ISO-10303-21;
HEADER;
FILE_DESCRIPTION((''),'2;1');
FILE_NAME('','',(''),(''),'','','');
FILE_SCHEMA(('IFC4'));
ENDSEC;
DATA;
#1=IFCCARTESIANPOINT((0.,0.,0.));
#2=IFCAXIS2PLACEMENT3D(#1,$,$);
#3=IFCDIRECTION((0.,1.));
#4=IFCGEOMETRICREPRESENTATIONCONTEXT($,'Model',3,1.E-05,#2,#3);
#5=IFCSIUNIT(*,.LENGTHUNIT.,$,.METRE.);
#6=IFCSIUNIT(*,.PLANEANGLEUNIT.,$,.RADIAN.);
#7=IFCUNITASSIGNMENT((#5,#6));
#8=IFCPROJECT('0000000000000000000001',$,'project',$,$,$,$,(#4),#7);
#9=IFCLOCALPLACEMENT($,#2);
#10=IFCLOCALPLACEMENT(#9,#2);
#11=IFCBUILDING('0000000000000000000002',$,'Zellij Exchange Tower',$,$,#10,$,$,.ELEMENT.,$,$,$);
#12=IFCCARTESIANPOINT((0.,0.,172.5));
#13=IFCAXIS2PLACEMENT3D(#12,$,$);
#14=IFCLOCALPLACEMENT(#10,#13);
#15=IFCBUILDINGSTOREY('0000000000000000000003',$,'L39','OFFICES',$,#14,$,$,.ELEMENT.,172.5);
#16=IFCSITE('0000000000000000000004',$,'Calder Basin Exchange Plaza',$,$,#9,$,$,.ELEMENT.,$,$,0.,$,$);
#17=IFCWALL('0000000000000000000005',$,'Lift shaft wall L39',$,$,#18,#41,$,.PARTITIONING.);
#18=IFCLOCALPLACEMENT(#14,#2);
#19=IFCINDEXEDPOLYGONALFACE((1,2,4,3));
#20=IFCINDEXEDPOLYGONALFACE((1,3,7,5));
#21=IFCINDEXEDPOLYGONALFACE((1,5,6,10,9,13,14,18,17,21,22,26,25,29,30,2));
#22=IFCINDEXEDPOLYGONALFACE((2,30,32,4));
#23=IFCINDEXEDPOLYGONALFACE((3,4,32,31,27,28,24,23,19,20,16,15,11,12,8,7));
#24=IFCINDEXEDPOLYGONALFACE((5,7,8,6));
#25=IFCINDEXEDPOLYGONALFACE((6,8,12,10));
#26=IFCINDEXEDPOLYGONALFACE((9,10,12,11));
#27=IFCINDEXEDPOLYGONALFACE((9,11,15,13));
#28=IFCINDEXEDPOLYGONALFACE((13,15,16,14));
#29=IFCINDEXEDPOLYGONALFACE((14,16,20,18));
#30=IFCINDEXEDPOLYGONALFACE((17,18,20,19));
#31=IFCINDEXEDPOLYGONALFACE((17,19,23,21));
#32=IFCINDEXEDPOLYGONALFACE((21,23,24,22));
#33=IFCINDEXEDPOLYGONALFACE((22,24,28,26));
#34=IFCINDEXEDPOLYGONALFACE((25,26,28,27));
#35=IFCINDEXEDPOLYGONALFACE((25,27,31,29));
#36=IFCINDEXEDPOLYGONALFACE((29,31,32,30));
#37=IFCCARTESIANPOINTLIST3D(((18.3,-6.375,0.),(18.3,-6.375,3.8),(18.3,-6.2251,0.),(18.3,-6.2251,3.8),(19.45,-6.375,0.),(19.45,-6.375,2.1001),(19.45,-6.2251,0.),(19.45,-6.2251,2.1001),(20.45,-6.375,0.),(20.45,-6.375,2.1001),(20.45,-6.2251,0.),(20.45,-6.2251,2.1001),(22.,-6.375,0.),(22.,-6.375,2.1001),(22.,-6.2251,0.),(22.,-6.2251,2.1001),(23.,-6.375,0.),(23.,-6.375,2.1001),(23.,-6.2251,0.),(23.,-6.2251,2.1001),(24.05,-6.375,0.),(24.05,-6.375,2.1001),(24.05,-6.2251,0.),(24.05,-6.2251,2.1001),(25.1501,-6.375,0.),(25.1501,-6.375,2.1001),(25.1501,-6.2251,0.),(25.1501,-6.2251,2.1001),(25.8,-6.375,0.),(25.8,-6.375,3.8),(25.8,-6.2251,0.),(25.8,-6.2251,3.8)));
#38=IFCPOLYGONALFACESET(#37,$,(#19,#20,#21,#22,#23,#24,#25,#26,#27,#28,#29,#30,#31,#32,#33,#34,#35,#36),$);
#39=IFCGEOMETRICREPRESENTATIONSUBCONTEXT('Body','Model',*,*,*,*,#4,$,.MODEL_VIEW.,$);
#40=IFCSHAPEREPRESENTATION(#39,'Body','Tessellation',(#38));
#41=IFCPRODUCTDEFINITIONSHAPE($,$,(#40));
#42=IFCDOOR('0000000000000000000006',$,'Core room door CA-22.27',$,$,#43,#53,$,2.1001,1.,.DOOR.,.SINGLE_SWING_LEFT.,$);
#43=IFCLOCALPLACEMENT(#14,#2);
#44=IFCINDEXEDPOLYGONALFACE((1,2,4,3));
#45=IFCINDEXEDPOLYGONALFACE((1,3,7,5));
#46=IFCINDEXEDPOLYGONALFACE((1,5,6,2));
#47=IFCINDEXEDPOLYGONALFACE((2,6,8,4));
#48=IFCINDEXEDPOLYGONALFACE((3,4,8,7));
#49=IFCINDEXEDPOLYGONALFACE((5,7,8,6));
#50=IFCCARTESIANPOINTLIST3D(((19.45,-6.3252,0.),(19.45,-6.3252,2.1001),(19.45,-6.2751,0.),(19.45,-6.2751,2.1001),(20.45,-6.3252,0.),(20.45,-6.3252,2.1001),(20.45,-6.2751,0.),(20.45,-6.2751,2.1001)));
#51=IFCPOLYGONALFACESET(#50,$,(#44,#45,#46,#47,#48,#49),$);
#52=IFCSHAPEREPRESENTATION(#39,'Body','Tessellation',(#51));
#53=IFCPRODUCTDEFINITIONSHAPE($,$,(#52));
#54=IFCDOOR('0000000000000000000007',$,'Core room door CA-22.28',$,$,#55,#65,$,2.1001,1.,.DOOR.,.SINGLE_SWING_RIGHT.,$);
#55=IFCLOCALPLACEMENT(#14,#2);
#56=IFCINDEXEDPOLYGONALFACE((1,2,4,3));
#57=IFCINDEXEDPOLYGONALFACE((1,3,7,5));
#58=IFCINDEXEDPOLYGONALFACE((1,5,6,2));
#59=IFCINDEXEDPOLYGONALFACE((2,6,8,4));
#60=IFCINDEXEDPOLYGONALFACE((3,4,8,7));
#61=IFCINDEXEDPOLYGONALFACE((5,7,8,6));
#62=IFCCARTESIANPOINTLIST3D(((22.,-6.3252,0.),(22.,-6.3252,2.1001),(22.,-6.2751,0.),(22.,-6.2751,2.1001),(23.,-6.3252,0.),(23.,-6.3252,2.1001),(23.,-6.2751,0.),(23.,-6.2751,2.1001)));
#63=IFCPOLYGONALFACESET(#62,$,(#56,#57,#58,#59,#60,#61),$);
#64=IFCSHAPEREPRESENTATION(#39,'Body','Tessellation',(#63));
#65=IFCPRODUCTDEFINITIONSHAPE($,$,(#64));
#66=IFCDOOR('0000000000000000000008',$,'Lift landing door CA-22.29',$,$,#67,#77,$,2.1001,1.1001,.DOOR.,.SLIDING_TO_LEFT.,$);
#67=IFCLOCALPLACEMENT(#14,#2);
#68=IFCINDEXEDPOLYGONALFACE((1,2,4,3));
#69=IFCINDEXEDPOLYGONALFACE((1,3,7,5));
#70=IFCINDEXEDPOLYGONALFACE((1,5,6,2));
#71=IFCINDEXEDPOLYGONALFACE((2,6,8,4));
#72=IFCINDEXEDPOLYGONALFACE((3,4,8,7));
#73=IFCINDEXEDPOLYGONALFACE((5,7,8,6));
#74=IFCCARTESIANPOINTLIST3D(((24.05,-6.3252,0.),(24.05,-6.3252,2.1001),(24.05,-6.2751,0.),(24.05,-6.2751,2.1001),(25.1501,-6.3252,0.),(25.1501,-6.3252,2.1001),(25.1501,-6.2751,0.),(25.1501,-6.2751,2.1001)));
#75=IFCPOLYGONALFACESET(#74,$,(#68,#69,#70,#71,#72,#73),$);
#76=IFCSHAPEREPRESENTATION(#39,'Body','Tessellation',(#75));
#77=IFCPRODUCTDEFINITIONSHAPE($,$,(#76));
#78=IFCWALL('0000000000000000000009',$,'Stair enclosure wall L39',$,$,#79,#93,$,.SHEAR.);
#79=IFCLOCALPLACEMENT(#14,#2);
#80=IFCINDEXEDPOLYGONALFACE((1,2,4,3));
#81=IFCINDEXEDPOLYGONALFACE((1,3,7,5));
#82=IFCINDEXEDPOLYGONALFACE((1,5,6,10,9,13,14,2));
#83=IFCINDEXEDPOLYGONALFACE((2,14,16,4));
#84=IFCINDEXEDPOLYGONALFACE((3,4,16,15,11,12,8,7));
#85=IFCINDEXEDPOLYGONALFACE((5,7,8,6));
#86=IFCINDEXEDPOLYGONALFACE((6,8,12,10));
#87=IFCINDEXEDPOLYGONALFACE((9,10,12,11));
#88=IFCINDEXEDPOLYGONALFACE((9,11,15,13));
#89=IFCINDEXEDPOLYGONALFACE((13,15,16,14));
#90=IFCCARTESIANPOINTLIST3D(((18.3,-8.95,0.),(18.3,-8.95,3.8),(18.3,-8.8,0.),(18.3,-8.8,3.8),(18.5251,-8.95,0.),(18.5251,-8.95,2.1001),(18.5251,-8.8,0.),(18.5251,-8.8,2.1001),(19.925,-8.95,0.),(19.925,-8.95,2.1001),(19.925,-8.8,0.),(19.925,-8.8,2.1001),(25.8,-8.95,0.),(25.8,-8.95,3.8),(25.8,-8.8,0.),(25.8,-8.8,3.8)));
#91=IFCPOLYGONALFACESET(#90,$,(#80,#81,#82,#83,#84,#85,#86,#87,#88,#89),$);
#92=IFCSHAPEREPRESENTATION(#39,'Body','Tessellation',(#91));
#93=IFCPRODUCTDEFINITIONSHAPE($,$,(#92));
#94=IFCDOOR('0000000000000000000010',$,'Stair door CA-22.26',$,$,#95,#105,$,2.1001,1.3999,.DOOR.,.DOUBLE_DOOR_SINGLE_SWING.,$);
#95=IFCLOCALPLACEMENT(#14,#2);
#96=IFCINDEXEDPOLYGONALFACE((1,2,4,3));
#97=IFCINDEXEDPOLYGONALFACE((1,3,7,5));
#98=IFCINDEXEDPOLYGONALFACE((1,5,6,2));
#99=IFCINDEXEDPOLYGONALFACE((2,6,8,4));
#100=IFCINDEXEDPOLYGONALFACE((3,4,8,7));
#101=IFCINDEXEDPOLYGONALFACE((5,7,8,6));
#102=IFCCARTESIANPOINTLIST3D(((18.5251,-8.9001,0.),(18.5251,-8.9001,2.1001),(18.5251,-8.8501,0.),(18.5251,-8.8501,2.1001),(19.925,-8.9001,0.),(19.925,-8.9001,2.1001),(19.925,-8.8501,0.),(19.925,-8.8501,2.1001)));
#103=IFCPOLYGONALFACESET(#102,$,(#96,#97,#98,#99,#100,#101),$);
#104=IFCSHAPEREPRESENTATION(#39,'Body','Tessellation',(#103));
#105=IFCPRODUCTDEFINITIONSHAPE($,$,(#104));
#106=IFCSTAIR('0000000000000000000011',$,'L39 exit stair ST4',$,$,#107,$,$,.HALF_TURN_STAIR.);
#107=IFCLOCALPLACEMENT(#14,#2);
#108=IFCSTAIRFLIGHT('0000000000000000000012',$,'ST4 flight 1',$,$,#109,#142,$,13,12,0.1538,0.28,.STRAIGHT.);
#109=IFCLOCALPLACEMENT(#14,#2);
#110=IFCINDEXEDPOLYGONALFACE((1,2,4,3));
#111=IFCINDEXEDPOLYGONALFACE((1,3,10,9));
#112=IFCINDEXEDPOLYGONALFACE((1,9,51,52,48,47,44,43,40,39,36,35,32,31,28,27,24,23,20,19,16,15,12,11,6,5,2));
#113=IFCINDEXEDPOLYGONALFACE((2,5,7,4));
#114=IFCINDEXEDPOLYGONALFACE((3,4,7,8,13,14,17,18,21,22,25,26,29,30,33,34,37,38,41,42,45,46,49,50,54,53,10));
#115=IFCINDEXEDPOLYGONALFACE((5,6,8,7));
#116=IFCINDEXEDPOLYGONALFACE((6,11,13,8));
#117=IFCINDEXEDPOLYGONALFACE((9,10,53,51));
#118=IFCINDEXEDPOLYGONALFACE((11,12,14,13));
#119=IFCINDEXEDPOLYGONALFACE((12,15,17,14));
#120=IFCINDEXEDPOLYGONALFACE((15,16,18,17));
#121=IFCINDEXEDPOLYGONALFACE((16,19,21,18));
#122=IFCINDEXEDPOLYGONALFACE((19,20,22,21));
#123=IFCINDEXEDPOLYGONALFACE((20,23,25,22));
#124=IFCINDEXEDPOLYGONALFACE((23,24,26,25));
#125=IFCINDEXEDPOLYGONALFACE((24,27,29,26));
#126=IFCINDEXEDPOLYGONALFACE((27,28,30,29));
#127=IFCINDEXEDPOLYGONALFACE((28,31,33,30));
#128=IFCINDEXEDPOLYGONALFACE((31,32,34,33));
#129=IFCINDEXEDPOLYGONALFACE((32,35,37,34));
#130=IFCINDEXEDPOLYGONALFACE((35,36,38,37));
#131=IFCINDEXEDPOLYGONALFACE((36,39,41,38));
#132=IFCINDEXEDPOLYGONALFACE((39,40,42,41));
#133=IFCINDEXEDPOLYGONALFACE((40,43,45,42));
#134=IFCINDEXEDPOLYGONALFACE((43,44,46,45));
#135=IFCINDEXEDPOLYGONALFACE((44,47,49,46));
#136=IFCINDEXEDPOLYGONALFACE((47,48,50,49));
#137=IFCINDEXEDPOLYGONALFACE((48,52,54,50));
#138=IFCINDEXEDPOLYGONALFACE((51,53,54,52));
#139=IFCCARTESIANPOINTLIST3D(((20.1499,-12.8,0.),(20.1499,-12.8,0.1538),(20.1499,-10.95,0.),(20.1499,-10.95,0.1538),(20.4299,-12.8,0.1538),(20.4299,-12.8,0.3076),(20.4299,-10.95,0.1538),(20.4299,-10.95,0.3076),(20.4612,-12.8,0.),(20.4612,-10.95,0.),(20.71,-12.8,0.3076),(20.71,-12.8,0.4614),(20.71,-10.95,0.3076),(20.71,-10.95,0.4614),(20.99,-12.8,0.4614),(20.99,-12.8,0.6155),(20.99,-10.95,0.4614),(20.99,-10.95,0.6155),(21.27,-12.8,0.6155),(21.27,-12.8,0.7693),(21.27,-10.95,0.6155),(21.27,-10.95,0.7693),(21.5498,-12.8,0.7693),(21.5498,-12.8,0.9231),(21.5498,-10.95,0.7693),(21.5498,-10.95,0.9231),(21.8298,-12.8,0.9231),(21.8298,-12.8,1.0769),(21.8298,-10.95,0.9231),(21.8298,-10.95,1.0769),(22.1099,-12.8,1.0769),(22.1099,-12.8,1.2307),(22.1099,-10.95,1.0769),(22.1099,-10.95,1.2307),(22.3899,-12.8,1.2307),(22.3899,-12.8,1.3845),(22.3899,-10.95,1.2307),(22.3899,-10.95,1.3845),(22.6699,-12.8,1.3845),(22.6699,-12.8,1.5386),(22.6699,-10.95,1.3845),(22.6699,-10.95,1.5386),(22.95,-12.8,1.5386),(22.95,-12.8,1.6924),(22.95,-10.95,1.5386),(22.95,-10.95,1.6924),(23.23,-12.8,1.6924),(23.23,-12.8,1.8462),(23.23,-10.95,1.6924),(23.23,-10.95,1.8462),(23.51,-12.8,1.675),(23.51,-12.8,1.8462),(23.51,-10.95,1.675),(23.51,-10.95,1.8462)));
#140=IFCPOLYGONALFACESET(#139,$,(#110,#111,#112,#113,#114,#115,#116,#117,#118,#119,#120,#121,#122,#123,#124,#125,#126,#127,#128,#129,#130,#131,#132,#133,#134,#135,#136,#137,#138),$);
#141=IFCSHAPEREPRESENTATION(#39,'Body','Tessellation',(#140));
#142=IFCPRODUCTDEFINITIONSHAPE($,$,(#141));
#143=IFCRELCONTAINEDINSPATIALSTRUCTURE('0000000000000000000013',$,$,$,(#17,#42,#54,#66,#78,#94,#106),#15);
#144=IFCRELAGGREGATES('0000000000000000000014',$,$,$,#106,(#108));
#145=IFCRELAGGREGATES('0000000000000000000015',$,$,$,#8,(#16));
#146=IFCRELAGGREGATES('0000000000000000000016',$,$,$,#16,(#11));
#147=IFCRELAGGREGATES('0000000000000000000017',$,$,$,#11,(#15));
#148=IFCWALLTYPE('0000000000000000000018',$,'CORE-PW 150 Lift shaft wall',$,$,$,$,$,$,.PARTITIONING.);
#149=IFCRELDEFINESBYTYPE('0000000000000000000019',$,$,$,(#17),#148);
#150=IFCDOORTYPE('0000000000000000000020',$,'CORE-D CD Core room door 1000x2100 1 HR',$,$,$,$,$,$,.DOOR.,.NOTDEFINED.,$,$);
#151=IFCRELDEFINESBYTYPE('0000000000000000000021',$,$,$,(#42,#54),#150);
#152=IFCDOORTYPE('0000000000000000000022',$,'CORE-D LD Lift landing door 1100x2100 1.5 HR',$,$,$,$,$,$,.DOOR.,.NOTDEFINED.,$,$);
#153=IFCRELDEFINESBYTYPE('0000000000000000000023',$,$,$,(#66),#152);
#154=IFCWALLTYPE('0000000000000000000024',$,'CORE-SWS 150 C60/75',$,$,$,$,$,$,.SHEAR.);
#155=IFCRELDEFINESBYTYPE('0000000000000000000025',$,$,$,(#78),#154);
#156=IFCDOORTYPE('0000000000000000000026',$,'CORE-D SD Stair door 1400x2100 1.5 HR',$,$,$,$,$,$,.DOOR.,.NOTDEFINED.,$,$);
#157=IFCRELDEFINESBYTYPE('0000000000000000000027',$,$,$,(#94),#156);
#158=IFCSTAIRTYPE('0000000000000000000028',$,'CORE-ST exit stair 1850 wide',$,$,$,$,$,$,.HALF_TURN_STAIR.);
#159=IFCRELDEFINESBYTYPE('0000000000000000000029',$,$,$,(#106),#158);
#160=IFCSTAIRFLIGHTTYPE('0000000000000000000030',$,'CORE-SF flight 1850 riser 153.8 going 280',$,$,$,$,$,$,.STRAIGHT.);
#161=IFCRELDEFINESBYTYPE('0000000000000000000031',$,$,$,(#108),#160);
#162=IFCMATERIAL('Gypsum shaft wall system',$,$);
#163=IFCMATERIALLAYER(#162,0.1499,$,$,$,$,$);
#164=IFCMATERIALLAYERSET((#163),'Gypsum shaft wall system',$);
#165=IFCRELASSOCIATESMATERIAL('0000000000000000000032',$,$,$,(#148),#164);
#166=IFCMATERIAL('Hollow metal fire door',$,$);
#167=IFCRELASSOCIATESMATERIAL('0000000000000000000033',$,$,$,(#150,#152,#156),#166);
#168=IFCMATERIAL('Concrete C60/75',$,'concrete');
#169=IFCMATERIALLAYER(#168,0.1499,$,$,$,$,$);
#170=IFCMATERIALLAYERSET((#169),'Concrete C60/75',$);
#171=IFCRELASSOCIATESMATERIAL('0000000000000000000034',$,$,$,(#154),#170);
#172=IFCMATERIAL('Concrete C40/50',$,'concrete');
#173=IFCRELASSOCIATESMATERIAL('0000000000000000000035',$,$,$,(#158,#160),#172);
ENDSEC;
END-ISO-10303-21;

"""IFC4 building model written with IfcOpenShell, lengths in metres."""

from ifc_helpers import new_model, si_unit, direction, frame, frame_2d, origin, place, context, subcontext, project, spatial, polyline, rectangle, outline, extrude, material, layer, layer_set, type_object, element, fill, aggregate, save


model = new_model("IFC4")

# Units and contexts
model_context = context("Model", 3, precision=1e-05, world=origin(), true_north=direction((0.0, 1.0)))
body_context = subcontext(model_context, "Body", "Model", "MODEL_VIEW")
ifc_project = project(units=[si_unit("LENGTHUNIT", "METRE"), si_unit("PLANEANGLEUNIT", "RADIAN")], contexts=[model_context])

# Site, building, storey
site_placement = place(None, origin())
site = spatial("IfcSite", under=ifc_project, at=site_placement, Name="Calder Basin Exchange Plaza", CompositionType="ELEMENT", RefElevation=0.0)
building_placement = place(site_placement, origin())
building = spatial("IfcBuilding", under=site, at=building_placement, Name="Zellij Exchange Tower", CompositionType="ELEMENT")
storey_placement = place(building_placement, frame((0.0, 0.0, 172.5)))
storey = spatial("IfcBuildingStorey", under=building, at=storey_placement, Name="L39", Description="OFFICES", CompositionType="ELEMENT", Elevation=172.5)

# Shared definitions
ifc_material_1 = material(Name="Concrete C60/75", Category="concrete")
ifc_material_2 = material(Name="Gypsum shaft wall system")
ifc_layer_1 = layer(ifc_material_2, 0.1499)
ifc_layer_set_1 = layer_set([ifc_layer_1], Name="Gypsum shaft wall system")
wall_type_1 = type_object("IfcWallType", Name="CORE-PW 150 Lift shaft wall", PredefinedType="PARTITIONING", material=ifc_layer_set_1)

# Wall, openings, doors
wall_1_placement = place(storey_placement, frame((18.3, -6.3, 0.0), z_axis=(0.0, 0.0, 1.0), x_axis=(1.0, 0.0, 0.0)))
wall_1 = element("IfcWall", 1, at=wall_1_placement, inside=storey, type_object=wall_type_1, Name="Lift shaft wall L39", PredefinedType="PARTITIONING", context=body_context, shape_type="SweptSolid", body=[
    extrude(rectangle(XDim=7.5, YDim=0.1499, at=frame_2d((3.75, 0.0))), origin(), (0.0, 0.0, 1.0), 3.8),
])
opening_1_placement = place(wall_1_placement, frame((1.1499, 0.0, 0.0)))
opening_1 = element("IfcOpeningElement", 2, at=opening_1_placement, cuts=wall_1, PredefinedType="OPENING", context=body_context, shape_type="SweptSolid", body=[
    extrude(rectangle(XDim=1.0, YDim=2.1001, at=frame_2d((0.5, 1.05))), frame((0.0, 0.0869, 0.0), z_axis=(0.0, -1.0, 0.0), x_axis=(1.0, 0.0, 0.0)), (0.0, 0.0, 1.0), 0.1738),
])
opening_2_placement = place(wall_1_placement, frame((3.7, 0.0, 0.0)))
opening_2 = element("IfcOpeningElement", 3, at=opening_2_placement, cuts=wall_1, PredefinedType="OPENING", context=body_context, shape_type="SweptSolid", body=[
    extrude(rectangle(XDim=1.0, YDim=2.1001, at=frame_2d((0.5, 1.05))), frame((0.0, 0.0869, 0.0), z_axis=(0.0, -1.0, 0.0), x_axis=(1.0, 0.0, 0.0)), (0.0, 0.0, 1.0), 0.1738),
])
opening_3_placement = place(wall_1_placement, frame((5.75, 0.0, 0.0)))
opening_3 = element("IfcOpeningElement", 4, at=opening_3_placement, cuts=wall_1, PredefinedType="OPENING", context=body_context, shape_type="SweptSolid", body=[
    extrude(rectangle(XDim=1.1001, YDim=2.1001, at=frame_2d((0.55, 1.05))), frame((0.0, 0.0869, 0.0), z_axis=(0.0, -1.0, 0.0), x_axis=(1.0, 0.0, 0.0)), (0.0, 0.0, 1.0), 0.1738),
])
ifc_material_3 = material(Name="Hollow metal fire door")
door_type_1 = type_object("IfcDoorType", Name="CORE-D CD Core room door 1000x2100 1 HR", OperationType="NOTDEFINED", PredefinedType="DOOR", material=ifc_material_3)
door_1_placement = place(opening_1_placement, origin())
door_1 = element("IfcDoor", 5, at=door_1_placement, inside=storey, type_object=door_type_1, Name="Core room door CA-22.27", OperationType="SINGLE_SWING_LEFT", OverallHeight=2.1001, OverallWidth=1.0, PredefinedType="DOOR", context=body_context, shape_type="SweptSolid", body=[
    extrude(rectangle(XDim=1.0, YDim=2.1001, at=frame_2d((0.5, 1.05))), frame((0.0, 0.0249, 0.0), z_axis=(0.0, -1.0, 0.0), x_axis=(1.0, 0.0, 0.0)), (0.0, 0.0, 1.0), 0.05),
])
fill(opening_1, door_1)
door_2_placement = place(opening_2_placement, origin())
door_2 = element("IfcDoor", 6, at=door_2_placement, inside=storey, type_object=door_type_1, Name="Core room door CA-22.28", OperationType="SINGLE_SWING_RIGHT", OverallHeight=2.1001, OverallWidth=1.0, PredefinedType="DOOR", context=body_context, shape_type="SweptSolid", body=[
    extrude(rectangle(XDim=1.0, YDim=2.1001, at=frame_2d((0.5, 1.05))), frame((0.0, 0.0249, 0.0), z_axis=(0.0, -1.0, 0.0), x_axis=(1.0, 0.0, 0.0)), (0.0, 0.0, 1.0), 0.05),
])
fill(opening_2, door_2)
door_type_2 = type_object("IfcDoorType", Name="CORE-D LD Lift landing door 1100x2100 1.5 HR", OperationType="NOTDEFINED", PredefinedType="DOOR", material=ifc_material_3)
door_3_placement = place(opening_3_placement, origin())
door_3 = element("IfcDoor", 7, at=door_3_placement, inside=storey, type_object=door_type_2, Name="Lift landing door CA-22.29", OperationType="SLIDING_TO_LEFT", OverallHeight=2.1001, OverallWidth=1.1001, PredefinedType="DOOR", context=body_context, shape_type="SweptSolid", body=[
    extrude(rectangle(XDim=1.1001, YDim=2.1001, at=frame_2d((0.55, 1.05))), frame((0.0, 0.0249, 0.0), z_axis=(0.0, -1.0, 0.0), x_axis=(1.0, 0.0, 0.0)), (0.0, 0.0, 1.0), 0.05),
])
fill(opening_3, door_3)

# Wall, opening, door
ifc_layer_2 = layer(ifc_material_1, 0.1499)
ifc_layer_set_2 = layer_set([ifc_layer_2], Name="Concrete C60/75")
wall_type_2 = type_object("IfcWallType", Name="CORE-SWS 150 C60/75", PredefinedType="SHEAR", material=ifc_layer_set_2)
wall_2_placement = place(storey_placement, frame((18.3, -8.875, 0.0), z_axis=(0.0, 0.0, 1.0), x_axis=(1.0, 0.0, 0.0)))
wall_2 = element("IfcWall", 8, at=wall_2_placement, inside=storey, type_object=wall_type_2, Name="Stair enclosure wall L39", PredefinedType="SHEAR", context=body_context, shape_type="SweptSolid", body=[
    extrude(rectangle(XDim=7.5, YDim=0.1499, at=frame_2d((3.75, 0.0))), origin(), (0.0, 0.0, 1.0), 3.8),
])
opening_4_placement = place(wall_2_placement, frame((0.2251, 0.0, 0.0)))
opening_4 = element("IfcOpeningElement", 9, at=opening_4_placement, cuts=wall_2, PredefinedType="OPENING", context=body_context, shape_type="SweptSolid", body=[
    extrude(rectangle(XDim=1.3999, YDim=2.1001, at=frame_2d((0.7, 1.05))), frame((0.0, 0.0869, 0.0), z_axis=(0.0, -1.0, 0.0), x_axis=(1.0, 0.0, 0.0)), (0.0, 0.0, 1.0), 0.1738),
])
door_type_3 = type_object("IfcDoorType", Name="CORE-D SD Stair door 1400x2100 1.5 HR", OperationType="NOTDEFINED", PredefinedType="DOOR", material=ifc_material_3)
door_4_placement = place(opening_4_placement, origin())
door_4 = element("IfcDoor", 10, at=door_4_placement, inside=storey, type_object=door_type_3, Name="Stair door CA-22.26", OperationType="DOUBLE_DOOR_SINGLE_SWING", OverallHeight=2.1001, OverallWidth=1.3999, PredefinedType="DOOR", context=body_context, shape_type="SweptSolid", body=[
    extrude(rectangle(XDim=1.3999, YDim=2.1001, at=frame_2d((0.7, 1.05))), frame((0.0, 0.0249, 0.0), z_axis=(0.0, -1.0, 0.0), x_axis=(1.0, 0.0, 0.0)), (0.0, 0.0, 1.0), 0.05),
])
fill(opening_4, door_4)

# Stair, stair flight
ifc_material_4 = material(Name="Concrete C40/50", Category="concrete")
stair_type = type_object("IfcStairType", Name="CORE-ST exit stair 1850 wide", PredefinedType="HALF_TURN_STAIR", material=ifc_material_4)
stair_placement = place(storey_placement, origin())
stair = element("IfcStair", 11, at=stair_placement, inside=storey, type_object=stair_type, Name="L39 exit stair ST4", PredefinedType="HALF_TURN_STAIR")
stair_flight_type = type_object("IfcStairFlightType", Name="CORE-SF flight 1850 riser 153.8 going 280", PredefinedType="STRAIGHT", material=ifc_material_4)
stair_flight_1_placement = place(storey_placement, frame((20.1499, -11.875, 0.0), z_axis=(0.0, 0.0, 1.0), x_axis=(1.0, 0.0, 0.0)))
stair_flight_1 = element("IfcStairFlight", 12, at=stair_flight_1_placement, type_object=stair_flight_type, Name="ST4 flight 1", NumberOfRisers=13, NumberOfTreads=12, PredefinedType="STRAIGHT", RiserHeight=0.1538, TreadLength=0.28, context=body_context, shape_type="SweptSolid", body=[
    extrude(outline(polyline([(0.0, 0.0), (0.0, 0.1538), (0.28, 0.1538), (0.28, 0.3076), (0.5601, 0.3076), (0.5601, 0.4614), (0.8401, 0.4614), (0.8401, 0.6155), (1.1201, 0.6155), (1.1201, 0.7693), (1.3999, 0.7693), (1.3999, 0.9231), (1.6799, 0.9231), (1.6799, 1.0769), (1.96, 1.0769), (1.96, 1.2307), (2.24, 1.2307), (2.24, 1.3845), (2.52, 1.3845), (2.52, 1.5386), (2.8, 1.5386), (2.8, 1.6924), (3.0801, 1.6924), (3.0801, 1.8462), (3.3601, 1.8462), (3.3601, 2.0), (3.3601, 1.675), (0.3113, 0.0), (0.0, 0.0)])), frame((0.0, 0.925, 0.0), z_axis=(0.0, -1.0, 0.0), x_axis=(1.0, 0.0, 0.0)), (0.0, 0.0, 1.0), 1.8501),
])
aggregate(stair, [stair_flight_1])

save(model, "model.ifc")
